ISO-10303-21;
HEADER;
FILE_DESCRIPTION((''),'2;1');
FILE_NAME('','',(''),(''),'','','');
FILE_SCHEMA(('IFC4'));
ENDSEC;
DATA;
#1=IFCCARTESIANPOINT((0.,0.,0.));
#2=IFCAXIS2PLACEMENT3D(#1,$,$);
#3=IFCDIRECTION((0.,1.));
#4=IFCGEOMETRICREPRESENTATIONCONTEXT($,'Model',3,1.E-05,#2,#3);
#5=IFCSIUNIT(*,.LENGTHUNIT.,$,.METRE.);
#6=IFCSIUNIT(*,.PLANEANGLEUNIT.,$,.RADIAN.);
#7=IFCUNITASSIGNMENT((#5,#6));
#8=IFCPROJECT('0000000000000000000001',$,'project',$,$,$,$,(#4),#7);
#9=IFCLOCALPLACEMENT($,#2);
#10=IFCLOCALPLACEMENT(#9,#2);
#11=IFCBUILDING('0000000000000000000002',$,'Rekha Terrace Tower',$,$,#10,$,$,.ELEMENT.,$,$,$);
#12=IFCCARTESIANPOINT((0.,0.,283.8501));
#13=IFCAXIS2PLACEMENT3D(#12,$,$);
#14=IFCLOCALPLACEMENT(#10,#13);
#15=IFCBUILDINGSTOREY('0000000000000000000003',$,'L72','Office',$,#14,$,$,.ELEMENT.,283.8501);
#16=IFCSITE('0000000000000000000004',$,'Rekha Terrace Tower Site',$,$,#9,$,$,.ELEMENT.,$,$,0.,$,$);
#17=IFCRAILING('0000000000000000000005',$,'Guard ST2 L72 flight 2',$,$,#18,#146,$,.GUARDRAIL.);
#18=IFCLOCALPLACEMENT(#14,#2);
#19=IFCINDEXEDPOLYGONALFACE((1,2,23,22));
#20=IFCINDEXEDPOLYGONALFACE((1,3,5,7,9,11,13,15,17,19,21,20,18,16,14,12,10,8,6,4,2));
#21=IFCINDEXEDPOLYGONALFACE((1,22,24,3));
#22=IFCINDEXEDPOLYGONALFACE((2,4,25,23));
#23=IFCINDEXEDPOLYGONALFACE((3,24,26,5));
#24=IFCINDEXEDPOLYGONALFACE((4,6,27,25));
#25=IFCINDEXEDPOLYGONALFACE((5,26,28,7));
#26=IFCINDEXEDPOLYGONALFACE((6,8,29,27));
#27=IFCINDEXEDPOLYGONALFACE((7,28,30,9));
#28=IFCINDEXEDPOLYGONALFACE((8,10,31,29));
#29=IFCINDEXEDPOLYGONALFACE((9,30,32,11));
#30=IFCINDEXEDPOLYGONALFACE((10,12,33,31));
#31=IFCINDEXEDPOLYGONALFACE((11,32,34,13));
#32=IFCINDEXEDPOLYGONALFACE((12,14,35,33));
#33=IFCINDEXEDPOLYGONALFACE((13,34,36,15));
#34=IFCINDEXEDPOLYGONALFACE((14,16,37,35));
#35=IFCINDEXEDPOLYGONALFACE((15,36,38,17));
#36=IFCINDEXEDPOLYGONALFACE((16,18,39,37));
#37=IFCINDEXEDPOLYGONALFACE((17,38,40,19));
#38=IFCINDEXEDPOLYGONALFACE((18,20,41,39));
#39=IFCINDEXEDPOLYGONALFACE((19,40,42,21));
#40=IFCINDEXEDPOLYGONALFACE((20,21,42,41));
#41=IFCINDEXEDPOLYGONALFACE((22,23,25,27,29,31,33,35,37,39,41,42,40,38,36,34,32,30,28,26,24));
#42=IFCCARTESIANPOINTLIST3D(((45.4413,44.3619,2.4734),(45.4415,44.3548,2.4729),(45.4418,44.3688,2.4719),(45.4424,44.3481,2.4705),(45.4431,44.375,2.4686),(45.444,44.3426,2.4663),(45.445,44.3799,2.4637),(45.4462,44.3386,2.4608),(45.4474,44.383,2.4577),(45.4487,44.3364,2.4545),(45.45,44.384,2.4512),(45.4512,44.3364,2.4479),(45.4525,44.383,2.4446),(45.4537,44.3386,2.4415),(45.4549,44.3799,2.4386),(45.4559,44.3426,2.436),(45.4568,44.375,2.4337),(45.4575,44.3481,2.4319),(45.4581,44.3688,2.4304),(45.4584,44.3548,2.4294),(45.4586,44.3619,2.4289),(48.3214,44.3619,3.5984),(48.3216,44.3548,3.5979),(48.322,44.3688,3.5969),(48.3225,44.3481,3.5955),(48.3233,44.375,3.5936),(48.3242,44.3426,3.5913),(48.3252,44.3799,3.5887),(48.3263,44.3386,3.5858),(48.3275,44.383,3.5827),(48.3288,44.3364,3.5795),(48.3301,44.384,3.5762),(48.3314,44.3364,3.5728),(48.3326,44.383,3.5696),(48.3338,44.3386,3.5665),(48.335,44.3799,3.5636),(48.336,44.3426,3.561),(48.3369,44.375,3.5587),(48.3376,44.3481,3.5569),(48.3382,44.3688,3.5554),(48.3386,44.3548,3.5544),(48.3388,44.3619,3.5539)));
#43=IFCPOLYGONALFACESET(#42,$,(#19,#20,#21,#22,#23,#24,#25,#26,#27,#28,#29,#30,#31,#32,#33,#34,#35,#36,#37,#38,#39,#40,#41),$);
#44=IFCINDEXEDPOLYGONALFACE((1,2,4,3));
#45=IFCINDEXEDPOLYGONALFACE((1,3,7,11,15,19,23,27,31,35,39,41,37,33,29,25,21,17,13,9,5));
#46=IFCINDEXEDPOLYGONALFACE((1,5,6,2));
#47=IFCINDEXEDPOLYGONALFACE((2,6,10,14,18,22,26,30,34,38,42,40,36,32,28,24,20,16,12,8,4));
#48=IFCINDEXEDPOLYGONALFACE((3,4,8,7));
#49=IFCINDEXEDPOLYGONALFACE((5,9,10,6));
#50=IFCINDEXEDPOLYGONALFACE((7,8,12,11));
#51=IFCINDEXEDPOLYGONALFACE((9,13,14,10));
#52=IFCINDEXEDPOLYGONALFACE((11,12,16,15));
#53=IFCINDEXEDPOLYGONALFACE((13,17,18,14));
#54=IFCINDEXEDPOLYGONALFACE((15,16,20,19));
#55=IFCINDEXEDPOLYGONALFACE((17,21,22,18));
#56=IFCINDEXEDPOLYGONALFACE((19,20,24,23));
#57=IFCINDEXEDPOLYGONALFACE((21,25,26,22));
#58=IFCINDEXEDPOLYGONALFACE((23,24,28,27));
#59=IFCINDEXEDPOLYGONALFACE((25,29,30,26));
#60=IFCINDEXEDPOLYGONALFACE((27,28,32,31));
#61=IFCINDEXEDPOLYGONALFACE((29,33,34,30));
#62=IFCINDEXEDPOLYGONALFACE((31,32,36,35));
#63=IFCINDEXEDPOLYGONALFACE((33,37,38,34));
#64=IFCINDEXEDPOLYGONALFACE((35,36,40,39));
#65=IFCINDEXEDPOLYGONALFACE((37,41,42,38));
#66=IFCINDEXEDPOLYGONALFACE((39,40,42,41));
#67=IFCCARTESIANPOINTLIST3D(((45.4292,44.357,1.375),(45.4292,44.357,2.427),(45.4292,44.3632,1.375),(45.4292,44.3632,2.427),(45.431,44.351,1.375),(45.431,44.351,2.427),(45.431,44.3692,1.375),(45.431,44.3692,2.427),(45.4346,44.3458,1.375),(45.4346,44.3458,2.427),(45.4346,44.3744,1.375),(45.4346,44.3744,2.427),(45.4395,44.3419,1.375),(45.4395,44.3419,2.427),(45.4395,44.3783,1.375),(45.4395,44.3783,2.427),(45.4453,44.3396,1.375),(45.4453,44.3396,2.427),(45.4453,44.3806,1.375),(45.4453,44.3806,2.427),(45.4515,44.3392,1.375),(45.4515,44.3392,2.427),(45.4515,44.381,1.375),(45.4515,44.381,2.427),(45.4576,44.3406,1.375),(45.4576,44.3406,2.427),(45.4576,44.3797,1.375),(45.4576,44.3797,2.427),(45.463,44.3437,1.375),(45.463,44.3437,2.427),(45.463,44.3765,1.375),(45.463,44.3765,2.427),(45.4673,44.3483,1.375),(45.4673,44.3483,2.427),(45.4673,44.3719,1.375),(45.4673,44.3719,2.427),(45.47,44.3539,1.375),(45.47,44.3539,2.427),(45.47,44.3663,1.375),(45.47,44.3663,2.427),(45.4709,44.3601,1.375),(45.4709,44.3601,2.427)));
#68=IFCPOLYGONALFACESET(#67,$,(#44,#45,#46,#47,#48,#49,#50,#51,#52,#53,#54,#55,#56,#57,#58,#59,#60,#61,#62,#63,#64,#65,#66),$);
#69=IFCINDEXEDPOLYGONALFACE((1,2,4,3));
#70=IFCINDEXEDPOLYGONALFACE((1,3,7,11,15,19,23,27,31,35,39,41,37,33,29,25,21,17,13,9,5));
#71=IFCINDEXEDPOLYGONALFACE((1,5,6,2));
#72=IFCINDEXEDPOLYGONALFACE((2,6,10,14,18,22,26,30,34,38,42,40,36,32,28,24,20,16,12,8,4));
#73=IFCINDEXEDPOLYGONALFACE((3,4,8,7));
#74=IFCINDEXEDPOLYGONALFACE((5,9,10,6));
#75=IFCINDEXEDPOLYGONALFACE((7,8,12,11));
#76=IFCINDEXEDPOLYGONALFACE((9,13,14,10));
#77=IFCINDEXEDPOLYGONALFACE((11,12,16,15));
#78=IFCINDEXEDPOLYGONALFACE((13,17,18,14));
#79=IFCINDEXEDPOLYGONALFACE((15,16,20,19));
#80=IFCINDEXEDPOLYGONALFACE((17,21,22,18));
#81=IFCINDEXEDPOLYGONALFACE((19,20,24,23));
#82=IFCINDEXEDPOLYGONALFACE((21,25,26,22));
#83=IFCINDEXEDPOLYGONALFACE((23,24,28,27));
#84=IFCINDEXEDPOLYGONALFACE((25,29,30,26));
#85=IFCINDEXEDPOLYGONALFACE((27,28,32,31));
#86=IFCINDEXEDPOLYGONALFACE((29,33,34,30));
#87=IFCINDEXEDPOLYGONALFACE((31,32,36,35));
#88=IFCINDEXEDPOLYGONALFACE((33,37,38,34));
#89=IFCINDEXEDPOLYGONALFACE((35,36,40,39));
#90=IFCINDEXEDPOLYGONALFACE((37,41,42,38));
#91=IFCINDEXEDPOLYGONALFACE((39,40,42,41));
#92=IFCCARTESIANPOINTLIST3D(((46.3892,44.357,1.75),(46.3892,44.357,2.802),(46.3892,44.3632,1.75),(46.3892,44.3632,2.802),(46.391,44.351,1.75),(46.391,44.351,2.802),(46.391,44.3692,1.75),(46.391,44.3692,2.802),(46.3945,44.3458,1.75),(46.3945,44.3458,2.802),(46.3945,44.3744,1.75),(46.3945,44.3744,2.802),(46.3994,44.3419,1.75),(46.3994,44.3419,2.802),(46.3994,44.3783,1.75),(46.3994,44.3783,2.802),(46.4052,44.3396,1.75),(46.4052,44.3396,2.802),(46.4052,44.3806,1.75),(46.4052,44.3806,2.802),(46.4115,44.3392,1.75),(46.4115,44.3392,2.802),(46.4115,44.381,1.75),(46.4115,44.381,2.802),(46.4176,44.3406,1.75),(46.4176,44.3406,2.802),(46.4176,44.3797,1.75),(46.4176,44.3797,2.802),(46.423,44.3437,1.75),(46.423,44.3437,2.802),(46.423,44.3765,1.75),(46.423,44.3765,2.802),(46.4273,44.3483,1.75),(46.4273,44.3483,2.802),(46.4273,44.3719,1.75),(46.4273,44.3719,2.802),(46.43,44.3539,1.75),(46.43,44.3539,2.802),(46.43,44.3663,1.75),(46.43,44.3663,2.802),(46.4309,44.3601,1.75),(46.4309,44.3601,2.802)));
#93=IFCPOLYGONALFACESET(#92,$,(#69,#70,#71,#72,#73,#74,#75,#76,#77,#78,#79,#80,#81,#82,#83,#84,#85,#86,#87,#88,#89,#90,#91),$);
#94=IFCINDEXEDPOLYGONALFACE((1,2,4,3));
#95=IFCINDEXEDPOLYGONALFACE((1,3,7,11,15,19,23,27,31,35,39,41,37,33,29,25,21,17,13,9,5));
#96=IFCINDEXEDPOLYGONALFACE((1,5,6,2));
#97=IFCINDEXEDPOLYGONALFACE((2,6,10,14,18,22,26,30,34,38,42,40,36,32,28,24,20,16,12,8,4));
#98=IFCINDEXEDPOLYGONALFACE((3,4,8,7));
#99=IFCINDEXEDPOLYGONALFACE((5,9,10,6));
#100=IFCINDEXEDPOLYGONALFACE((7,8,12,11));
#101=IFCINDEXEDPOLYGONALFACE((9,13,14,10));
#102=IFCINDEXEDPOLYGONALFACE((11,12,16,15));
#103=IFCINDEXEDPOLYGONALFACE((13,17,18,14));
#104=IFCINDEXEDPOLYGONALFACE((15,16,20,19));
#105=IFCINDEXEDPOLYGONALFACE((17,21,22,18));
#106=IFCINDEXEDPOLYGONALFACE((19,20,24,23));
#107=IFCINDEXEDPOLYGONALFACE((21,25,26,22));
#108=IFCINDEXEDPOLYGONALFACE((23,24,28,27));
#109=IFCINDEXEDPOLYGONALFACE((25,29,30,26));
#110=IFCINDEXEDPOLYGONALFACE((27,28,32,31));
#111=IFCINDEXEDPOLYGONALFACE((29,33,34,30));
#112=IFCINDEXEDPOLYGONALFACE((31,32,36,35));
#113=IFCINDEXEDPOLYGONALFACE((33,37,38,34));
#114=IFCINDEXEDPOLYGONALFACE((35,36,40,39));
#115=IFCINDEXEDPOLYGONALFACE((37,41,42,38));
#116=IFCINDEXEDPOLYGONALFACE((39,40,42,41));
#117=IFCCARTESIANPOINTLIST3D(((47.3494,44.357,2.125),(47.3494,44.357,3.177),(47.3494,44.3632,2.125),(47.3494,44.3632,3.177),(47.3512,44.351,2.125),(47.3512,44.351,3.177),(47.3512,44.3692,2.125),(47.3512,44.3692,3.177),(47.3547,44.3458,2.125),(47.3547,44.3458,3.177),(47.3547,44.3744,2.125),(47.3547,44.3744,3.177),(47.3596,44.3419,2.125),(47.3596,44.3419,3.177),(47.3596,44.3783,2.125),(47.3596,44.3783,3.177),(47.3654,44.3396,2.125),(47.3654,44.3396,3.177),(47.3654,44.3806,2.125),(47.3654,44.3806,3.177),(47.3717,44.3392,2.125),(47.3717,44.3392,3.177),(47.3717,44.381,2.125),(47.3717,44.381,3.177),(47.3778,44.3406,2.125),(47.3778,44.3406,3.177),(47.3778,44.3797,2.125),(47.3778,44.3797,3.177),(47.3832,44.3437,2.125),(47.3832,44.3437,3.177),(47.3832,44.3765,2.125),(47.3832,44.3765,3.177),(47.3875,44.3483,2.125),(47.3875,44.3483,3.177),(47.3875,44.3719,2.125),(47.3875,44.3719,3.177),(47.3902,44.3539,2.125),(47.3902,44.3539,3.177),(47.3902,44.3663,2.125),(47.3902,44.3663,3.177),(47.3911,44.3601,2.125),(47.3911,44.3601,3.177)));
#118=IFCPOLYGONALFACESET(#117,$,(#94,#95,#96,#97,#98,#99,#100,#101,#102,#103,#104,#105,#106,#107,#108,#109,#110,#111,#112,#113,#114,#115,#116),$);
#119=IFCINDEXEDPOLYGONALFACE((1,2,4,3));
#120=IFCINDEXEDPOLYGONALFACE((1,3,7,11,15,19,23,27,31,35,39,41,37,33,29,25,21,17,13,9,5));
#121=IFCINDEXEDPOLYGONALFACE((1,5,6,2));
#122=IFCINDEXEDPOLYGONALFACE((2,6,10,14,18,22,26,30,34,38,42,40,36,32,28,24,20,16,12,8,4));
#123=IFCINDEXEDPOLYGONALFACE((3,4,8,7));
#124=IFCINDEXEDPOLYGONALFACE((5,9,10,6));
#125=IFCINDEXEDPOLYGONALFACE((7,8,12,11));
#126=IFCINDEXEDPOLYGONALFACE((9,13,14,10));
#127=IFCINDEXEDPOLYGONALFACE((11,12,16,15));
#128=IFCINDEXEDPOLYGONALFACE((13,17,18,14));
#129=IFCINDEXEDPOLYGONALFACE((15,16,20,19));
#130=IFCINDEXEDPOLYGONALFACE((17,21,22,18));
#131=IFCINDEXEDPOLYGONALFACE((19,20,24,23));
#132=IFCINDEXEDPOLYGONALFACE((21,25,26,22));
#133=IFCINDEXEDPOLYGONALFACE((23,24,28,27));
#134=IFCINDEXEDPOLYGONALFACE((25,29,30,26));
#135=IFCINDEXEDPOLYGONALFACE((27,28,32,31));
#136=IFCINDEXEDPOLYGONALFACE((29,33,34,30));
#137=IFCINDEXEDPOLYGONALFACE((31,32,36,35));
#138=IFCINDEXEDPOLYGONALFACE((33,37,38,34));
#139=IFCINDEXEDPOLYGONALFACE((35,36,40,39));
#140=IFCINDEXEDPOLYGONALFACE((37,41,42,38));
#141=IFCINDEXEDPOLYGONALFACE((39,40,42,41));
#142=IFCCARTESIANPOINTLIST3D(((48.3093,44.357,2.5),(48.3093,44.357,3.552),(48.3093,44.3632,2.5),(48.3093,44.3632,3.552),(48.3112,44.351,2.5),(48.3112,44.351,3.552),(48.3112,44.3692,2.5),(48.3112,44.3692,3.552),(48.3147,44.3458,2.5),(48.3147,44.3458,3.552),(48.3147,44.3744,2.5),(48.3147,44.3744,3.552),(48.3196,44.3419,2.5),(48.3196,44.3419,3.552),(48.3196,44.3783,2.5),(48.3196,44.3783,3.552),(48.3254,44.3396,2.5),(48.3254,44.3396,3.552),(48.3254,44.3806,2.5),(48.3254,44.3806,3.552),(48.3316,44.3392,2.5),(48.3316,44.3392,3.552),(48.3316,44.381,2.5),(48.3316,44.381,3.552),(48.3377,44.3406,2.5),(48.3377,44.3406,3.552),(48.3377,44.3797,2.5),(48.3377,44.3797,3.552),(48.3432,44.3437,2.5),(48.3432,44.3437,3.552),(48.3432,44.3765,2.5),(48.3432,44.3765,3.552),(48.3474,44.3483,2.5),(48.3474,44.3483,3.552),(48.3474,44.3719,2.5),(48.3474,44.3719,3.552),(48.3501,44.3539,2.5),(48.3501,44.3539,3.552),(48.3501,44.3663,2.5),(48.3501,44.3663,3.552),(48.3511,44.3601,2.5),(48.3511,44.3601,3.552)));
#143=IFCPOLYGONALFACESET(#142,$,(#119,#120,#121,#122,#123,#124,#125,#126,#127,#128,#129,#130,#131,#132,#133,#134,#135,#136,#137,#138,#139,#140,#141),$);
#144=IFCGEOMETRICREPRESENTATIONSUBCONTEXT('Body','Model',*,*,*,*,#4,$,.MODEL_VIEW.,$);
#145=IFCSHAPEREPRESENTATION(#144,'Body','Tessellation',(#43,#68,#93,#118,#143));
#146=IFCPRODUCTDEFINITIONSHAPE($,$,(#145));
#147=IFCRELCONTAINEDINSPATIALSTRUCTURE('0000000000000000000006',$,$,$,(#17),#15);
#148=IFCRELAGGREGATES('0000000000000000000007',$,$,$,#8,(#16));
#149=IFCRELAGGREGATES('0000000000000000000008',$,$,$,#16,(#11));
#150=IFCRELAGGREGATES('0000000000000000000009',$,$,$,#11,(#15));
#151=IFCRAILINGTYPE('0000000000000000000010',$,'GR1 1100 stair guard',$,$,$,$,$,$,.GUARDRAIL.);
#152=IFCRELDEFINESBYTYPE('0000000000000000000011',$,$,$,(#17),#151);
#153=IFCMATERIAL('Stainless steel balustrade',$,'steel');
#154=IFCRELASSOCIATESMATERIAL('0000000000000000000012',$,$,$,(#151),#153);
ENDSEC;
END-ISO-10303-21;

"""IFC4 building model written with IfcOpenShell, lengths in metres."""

from ifc_helpers import new_model, si_unit, direction, frame, origin, origin_2d, place, context, subcontext, project, spatial, circle, extrude, material, type_object, element, save


model = new_model("IFC4")

# Units and contexts
model_context = context("Model", 3, precision=1e-05, world=origin(), true_north=direction((0.0, 1.0)))
body_context = subcontext(model_context, "Body", "Model", "MODEL_VIEW")
ifc_project = project(units=[si_unit("LENGTHUNIT", "METRE"), si_unit("PLANEANGLEUNIT", "RADIAN")], contexts=[model_context])

# Site, building, storey
site_placement = place(None, origin())
site = spatial("IfcSite", under=ifc_project, at=site_placement, Name="Rekha Terrace Tower Site", CompositionType="ELEMENT", RefElevation=0.0)
building_placement = place(site_placement, origin())
building = spatial("IfcBuilding", under=site, at=building_placement, Name="Rekha Terrace Tower", CompositionType="ELEMENT")
storey_placement = place(building_placement, frame((0.0, 0.0, 283.8501)))
storey = spatial("IfcBuildingStorey", under=building, at=storey_placement, Name="L72", Description="Office", CompositionType="ELEMENT", Elevation=283.8501)

# Railing
ifc_material_1 = material(Name="Stainless steel balustrade", Category="steel")
railing_type_1 = type_object("IfcRailingType", Name="GR1 1100 stair guard", PredefinedType="GUARDRAIL", material=ifc_material_1)
railing_1_placement = place(storey_placement, frame((45.45, 44.3601, 1.375)))
element("IfcRailing", 1, at=railing_1_placement, inside=storey, type_object=railing_type_1, Name="Guard ST2 L72 flight 2", PredefinedType="GUARDRAIL", context=body_context, shape_type="SweptSolid", body=[
    extrude(circle(Radius=0.0239, at=origin_2d()), frame((0.0, 0.0, 1.0762), z_axis=(0.931463, 0.0, 0.363837), x_axis=(0.0, 1.0, 0.0)), (0.0, 0.0, 1.0), 3.092),
    extrude(circle(Radius=0.021, at=origin_2d()), origin(), (0.0, 0.0, 1.0), 1.052),
    extrude(circle(Radius=0.021, at=origin_2d()), frame((0.96, 0.0, 0.375)), (0.0, 0.0, 1.0), 1.052),
    extrude(circle(Radius=0.021, at=origin_2d()), frame((1.9202, 0.0, 0.75)), (0.0, 0.0, 1.0), 1.052),
    extrude(circle(Radius=0.021, at=origin_2d()), frame((2.8801, 0.0, 1.125)), (0.0, 0.0, 1.0), 1.052),
])

save(model, "model.ifc")
